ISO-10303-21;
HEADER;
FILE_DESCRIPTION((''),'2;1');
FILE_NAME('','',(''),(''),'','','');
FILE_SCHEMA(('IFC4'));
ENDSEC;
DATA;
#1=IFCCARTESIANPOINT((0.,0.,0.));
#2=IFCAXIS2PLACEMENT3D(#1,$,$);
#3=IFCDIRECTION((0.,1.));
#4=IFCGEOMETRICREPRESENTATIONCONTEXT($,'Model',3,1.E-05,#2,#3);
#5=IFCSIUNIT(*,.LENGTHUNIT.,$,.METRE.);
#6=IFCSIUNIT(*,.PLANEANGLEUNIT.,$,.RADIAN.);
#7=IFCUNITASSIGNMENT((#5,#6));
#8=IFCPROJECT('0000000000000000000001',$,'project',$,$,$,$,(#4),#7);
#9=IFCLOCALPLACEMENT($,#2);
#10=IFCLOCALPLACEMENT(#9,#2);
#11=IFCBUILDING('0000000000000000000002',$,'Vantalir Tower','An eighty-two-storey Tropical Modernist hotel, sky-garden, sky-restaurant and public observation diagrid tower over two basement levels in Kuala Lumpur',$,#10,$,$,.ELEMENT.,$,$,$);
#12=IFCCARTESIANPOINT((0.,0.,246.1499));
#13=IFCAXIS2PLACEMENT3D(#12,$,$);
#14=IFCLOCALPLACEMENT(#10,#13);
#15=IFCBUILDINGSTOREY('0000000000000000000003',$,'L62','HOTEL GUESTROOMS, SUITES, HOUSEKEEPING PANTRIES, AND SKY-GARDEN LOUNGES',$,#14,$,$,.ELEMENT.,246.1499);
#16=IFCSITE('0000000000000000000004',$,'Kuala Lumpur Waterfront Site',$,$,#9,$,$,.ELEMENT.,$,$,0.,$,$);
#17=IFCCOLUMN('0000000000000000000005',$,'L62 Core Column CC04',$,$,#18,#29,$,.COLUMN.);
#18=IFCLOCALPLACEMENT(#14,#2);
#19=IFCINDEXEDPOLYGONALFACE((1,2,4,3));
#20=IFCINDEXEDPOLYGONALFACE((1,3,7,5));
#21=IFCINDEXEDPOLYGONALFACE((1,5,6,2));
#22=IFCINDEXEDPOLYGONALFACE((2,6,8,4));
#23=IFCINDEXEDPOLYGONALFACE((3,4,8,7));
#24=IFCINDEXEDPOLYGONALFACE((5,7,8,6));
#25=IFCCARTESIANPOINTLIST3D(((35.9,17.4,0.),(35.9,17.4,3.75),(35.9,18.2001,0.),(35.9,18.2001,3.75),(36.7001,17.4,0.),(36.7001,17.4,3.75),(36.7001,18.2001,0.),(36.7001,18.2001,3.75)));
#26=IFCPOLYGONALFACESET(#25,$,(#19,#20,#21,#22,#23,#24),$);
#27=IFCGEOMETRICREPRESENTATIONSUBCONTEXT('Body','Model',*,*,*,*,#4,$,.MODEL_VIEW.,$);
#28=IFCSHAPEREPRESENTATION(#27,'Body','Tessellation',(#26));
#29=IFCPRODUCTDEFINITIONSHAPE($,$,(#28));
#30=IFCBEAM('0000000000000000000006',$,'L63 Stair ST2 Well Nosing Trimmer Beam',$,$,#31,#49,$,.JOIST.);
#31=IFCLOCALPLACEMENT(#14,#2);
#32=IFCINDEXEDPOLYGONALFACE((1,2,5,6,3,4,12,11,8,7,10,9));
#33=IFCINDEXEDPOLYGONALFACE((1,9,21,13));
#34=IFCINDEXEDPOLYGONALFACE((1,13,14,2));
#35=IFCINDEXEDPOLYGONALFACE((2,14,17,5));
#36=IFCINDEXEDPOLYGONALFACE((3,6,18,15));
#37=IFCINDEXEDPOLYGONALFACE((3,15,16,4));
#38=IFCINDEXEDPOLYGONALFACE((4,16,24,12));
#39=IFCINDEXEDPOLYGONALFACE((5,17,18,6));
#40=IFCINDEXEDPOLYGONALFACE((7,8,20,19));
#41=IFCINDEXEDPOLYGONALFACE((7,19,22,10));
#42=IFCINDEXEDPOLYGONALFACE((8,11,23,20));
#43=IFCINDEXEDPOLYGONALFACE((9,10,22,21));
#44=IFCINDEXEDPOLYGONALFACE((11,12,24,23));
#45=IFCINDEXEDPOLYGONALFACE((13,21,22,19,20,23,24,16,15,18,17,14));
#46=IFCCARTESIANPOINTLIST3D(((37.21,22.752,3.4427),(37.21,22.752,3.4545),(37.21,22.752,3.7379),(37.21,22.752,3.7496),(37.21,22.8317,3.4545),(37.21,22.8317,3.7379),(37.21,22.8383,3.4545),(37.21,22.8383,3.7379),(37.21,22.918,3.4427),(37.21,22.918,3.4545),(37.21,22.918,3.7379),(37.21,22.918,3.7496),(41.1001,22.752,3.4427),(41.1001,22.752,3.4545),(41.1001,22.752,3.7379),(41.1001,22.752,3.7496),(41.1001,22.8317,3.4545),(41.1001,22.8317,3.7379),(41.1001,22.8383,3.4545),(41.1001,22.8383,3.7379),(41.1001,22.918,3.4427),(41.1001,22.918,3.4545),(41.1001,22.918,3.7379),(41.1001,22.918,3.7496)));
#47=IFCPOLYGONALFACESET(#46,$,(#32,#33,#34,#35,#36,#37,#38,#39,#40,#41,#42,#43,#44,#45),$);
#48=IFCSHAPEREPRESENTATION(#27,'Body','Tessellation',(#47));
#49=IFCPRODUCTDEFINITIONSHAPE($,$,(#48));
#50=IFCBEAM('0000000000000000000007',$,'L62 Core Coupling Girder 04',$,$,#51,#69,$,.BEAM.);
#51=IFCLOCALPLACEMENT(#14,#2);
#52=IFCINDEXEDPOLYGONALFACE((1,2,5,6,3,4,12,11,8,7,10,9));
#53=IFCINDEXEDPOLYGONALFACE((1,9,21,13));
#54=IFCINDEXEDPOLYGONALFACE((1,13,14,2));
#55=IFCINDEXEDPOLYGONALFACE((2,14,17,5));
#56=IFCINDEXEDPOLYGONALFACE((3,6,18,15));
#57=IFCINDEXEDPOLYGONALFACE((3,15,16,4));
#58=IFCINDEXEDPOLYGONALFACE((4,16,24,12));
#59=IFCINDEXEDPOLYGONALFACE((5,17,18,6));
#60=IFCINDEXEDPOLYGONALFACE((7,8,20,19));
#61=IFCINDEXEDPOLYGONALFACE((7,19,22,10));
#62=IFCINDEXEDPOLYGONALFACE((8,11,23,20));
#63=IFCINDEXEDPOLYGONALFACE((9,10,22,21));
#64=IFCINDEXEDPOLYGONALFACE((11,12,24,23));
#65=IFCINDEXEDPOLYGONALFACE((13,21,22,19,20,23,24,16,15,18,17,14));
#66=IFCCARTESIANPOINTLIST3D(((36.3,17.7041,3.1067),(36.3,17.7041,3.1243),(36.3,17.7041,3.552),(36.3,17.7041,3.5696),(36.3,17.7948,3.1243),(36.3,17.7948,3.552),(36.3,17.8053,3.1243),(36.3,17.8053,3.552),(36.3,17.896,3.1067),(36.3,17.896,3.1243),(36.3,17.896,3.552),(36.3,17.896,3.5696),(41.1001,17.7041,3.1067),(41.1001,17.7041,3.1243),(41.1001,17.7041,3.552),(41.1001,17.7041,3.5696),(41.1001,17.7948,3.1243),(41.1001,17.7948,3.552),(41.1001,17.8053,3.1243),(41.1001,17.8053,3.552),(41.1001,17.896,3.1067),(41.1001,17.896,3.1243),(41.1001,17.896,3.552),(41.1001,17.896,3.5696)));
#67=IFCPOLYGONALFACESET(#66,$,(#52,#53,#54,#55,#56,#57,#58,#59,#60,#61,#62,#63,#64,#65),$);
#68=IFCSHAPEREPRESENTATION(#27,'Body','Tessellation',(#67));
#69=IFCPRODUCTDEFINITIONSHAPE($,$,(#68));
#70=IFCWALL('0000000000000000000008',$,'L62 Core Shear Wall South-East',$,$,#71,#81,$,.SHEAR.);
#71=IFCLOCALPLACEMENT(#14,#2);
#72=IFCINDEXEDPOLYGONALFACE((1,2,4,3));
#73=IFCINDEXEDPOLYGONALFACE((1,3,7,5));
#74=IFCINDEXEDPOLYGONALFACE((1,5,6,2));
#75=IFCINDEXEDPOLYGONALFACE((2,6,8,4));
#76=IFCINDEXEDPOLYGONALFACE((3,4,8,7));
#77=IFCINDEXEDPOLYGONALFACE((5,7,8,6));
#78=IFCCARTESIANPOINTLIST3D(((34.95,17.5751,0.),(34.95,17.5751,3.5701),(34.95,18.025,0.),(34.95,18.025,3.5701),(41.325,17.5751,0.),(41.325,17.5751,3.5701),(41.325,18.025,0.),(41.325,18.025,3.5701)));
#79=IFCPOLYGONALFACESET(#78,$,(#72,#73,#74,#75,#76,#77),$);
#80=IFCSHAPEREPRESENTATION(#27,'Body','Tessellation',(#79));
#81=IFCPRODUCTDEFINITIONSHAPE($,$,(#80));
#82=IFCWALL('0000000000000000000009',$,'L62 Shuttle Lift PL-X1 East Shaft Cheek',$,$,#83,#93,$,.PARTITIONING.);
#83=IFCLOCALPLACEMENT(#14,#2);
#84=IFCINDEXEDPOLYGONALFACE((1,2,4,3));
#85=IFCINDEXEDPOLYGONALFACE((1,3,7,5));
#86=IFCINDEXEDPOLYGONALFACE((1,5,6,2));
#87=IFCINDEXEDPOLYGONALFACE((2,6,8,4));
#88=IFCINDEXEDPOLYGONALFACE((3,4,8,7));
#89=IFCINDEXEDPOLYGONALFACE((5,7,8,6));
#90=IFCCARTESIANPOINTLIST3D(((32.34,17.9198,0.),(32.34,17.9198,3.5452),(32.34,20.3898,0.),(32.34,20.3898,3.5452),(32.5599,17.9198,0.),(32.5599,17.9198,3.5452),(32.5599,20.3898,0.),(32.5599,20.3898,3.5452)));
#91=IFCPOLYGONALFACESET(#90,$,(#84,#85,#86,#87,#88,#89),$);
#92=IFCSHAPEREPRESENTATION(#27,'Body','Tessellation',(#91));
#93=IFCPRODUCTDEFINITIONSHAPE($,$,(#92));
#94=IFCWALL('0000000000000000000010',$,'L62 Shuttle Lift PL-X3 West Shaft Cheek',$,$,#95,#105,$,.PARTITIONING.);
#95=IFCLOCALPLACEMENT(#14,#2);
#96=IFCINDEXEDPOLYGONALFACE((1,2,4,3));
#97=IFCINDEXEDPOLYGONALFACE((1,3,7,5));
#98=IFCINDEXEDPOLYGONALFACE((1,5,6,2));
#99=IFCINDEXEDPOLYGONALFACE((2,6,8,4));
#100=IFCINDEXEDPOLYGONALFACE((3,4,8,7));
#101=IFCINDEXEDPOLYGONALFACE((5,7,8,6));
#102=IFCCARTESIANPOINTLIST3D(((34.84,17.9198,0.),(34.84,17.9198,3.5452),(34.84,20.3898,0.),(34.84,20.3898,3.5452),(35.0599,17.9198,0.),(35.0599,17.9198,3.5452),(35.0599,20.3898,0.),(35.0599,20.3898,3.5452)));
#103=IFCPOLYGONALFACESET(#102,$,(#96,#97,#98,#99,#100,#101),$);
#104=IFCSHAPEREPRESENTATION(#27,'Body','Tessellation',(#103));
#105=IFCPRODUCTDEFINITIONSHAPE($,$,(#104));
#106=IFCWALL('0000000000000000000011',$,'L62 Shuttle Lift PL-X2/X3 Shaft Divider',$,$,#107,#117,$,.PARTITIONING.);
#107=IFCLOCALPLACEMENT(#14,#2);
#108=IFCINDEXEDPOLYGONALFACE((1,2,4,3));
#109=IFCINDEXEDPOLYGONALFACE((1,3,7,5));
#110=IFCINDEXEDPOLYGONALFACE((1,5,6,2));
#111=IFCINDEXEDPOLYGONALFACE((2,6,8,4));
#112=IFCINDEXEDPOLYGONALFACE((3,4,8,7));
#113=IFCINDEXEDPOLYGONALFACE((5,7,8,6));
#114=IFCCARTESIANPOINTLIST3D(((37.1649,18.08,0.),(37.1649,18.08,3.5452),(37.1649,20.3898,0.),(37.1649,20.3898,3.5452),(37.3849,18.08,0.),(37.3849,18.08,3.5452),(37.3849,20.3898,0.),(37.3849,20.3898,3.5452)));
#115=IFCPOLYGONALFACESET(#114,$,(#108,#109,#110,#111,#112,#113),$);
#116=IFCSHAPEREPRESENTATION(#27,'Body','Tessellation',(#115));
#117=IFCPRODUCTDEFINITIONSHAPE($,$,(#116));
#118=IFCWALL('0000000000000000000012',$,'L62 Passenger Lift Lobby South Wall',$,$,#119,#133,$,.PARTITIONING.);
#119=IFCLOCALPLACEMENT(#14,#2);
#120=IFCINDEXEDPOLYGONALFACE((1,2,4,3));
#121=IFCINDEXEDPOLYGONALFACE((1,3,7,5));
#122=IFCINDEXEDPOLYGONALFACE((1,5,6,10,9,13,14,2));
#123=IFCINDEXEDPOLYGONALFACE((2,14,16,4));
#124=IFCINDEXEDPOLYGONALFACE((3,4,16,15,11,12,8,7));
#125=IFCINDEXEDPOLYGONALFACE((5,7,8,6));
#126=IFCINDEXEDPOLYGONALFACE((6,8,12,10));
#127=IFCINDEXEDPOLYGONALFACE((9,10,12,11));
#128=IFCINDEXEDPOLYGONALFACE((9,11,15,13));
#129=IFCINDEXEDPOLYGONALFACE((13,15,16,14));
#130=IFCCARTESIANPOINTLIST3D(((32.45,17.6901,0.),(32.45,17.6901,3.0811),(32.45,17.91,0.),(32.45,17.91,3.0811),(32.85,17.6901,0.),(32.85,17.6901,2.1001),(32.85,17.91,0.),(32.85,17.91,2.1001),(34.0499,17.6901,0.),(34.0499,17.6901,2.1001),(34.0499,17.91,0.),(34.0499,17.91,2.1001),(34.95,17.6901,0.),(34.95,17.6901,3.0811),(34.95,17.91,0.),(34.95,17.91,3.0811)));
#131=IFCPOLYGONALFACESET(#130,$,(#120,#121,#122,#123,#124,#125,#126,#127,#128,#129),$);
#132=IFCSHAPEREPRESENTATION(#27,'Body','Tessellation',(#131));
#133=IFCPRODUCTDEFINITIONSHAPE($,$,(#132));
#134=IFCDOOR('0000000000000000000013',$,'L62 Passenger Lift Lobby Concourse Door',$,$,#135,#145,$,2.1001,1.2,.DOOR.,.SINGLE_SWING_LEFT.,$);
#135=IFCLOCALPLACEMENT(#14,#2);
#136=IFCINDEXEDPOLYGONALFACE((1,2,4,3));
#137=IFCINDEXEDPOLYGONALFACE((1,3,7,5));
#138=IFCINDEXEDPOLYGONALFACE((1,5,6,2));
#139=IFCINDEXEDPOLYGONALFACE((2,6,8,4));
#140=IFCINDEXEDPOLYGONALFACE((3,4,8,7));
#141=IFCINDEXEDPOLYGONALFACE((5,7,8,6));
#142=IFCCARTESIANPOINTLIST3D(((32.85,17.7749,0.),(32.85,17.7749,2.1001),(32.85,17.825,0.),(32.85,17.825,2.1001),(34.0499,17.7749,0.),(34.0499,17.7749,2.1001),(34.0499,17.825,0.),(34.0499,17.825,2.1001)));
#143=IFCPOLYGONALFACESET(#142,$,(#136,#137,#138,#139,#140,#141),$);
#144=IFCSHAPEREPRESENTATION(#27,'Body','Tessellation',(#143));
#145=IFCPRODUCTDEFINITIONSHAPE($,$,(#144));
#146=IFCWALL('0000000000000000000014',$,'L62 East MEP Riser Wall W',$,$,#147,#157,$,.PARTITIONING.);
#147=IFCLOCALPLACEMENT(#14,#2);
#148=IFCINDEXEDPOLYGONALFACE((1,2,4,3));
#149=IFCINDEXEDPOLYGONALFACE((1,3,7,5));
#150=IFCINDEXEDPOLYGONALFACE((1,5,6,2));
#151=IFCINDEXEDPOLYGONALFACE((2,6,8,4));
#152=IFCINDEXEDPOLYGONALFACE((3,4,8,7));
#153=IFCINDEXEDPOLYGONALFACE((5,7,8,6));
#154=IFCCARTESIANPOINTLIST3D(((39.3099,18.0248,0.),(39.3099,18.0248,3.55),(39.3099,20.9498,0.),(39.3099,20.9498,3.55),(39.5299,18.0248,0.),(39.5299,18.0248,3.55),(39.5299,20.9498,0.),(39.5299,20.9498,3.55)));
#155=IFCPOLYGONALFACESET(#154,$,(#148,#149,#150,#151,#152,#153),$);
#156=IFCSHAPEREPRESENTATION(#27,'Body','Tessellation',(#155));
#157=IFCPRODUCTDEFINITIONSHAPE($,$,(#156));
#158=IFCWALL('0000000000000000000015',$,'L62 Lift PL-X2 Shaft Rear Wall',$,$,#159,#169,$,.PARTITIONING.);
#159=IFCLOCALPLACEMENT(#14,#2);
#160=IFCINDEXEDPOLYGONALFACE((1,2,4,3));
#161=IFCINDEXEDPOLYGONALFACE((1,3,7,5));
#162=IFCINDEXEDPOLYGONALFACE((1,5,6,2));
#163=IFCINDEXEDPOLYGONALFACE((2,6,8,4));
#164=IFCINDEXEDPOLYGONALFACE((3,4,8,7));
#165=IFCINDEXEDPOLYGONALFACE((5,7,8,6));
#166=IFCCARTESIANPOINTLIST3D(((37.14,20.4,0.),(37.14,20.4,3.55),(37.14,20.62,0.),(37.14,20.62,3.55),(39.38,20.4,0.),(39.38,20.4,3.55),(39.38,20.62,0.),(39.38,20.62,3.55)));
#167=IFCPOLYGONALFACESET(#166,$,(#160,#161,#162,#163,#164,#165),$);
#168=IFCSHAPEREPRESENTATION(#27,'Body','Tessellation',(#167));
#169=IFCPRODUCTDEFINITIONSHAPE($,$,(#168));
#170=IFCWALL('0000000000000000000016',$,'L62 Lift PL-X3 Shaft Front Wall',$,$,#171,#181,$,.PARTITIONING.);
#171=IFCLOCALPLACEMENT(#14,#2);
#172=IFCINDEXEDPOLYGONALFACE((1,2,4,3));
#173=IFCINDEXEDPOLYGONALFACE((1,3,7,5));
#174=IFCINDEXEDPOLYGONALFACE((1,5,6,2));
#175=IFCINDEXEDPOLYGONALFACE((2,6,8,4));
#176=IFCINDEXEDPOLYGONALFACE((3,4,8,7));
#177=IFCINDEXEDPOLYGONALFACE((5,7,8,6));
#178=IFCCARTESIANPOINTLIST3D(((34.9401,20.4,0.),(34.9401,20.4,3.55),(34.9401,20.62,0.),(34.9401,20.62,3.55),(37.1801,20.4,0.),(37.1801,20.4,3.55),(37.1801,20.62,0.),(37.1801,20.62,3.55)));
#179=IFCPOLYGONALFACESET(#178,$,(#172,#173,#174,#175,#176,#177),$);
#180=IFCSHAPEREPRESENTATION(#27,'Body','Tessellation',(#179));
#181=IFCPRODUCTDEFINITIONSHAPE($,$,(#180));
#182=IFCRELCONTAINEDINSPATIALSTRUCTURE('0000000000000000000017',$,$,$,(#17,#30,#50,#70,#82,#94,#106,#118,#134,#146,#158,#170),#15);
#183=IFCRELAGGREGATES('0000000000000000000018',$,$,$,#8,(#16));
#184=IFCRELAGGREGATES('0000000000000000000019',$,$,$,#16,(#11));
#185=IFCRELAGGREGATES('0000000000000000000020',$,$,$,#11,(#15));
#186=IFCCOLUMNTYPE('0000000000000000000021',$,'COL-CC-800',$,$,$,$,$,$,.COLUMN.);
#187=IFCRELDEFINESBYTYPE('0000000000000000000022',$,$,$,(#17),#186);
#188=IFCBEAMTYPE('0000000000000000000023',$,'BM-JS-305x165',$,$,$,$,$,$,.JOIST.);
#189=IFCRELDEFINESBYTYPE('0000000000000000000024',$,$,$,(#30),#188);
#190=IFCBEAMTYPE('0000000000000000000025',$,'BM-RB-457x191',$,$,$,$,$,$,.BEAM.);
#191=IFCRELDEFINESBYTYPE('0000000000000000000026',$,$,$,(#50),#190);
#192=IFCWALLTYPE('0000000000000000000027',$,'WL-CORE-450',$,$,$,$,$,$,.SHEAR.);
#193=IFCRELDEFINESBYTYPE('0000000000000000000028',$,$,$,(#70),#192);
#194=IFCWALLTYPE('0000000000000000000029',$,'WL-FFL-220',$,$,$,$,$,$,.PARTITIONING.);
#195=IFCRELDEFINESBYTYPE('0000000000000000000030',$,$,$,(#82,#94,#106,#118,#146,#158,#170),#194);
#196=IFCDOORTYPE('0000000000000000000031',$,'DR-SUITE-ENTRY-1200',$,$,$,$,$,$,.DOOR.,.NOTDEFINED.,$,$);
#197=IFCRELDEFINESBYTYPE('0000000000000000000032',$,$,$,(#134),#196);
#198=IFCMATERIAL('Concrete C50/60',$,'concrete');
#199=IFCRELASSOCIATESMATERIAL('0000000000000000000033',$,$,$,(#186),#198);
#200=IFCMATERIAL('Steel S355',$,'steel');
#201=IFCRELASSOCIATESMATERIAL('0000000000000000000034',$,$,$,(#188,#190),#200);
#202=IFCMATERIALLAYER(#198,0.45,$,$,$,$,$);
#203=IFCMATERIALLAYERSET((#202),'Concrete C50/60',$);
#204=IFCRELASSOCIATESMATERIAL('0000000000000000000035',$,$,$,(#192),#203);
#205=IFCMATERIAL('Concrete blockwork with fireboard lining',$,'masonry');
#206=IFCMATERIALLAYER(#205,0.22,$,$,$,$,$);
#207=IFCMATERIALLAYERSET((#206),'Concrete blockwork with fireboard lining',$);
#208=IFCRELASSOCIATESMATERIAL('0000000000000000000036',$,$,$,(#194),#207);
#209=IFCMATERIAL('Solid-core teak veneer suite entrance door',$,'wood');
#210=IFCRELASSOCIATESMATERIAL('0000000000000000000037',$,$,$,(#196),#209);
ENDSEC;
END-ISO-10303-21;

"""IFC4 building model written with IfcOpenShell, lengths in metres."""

from ifc_helpers import new_model, si_unit, direction, frame, frame_2d, origin, origin_2d, place, context, subcontext, project, spatial, rectangle, i_section, extrude, material, layer, layer_set, material_profile, profile_set, type_object, element, fill, save


model = new_model("IFC4")

# Units and contexts
model_context = context("Model", 3, precision=1e-05, world=origin(), true_north=direction((0.0, 1.0)))
body_context = subcontext(model_context, "Body", "Model", "MODEL_VIEW")
ifc_project = project(units=[si_unit("LENGTHUNIT", "METRE"), si_unit("PLANEANGLEUNIT", "RADIAN")], contexts=[model_context])

# Site, building, storey
site_placement = place(None, origin())
site = spatial("IfcSite", under=ifc_project, at=site_placement, Name="Kuala Lumpur Waterfront Site", CompositionType="ELEMENT", RefElevation=0.0)
building_placement = place(site_placement, origin())
building = spatial("IfcBuilding", under=site, at=building_placement, Name="Vantalir Tower", Description="An eighty-two-storey Tropical Modernist hotel, sky-garden, sky-restaurant and public observation diagrid tower over two basement levels in Kuala Lumpur", CompositionType="ELEMENT")
storey_placement = place(building_placement, frame((0.0, 0.0, 246.1499)))
storey = spatial("IfcBuildingStorey", under=building, at=storey_placement, Name="L62", Description="HOTEL GUESTROOMS, SUITES, HOUSEKEEPING PANTRIES, AND SKY-GARDEN LOUNGES", CompositionType="ELEMENT", Elevation=246.1499)

# Column
ifc_material_1 = material(Name="Concrete C50/60", Category="concrete")
ifc_material_profile_1 = material_profile(ifc_material_1, rectangle(XDim=0.8, YDim=0.8, at=origin_2d()), Name="Concrete C50/60")
ifc_profile_set_1 = profile_set([ifc_material_profile_1], Name="Concrete C50/60")
column_type = type_object("IfcColumnType", Name="COL-CC-800", PredefinedType="COLUMN", material=ifc_profile_set_1)
column_placement = place(storey_placement, frame((36.3, 17.8, 0.0), z_axis=(0.0, 0.0, 1.0), x_axis=(1.0, 0.0, 0.0)))
element("IfcColumn", 1, at=column_placement, inside=storey, type_object=column_type, Name="L62 Core Column CC04", PredefinedType="COLUMN", context=body_context, shape_type="SweptSolid", body=[
    extrude(rectangle(XDim=0.8, YDim=0.8, at=origin_2d()), origin(), (0.0, 0.0, 1.0), 3.75),
])

# Beams
ifc_material_2 = material(Name="Steel S355", Category="steel")
ifc_material_profile_2 = material_profile(ifc_material_2, i_section(OverallWidth=0.166, OverallDepth=0.3069, WebThickness=0.0066, FlangeThickness=0.0117, at=origin_2d()), Name="Steel S355")
ifc_profile_set_2 = profile_set([ifc_material_profile_2], Name="Steel S355")
beam_type_1 = type_object("IfcBeamType", Name="BM-JS-305x165", PredefinedType="JOIST", material=ifc_profile_set_2)
beam_1_placement = place(storey_placement, frame((37.21, 22.835, 3.5962), z_axis=(1.0, 0.0, 0.0), x_axis=(0.0, 1.0, 0.0)))
element("IfcBeam", 2, at=beam_1_placement, inside=storey, type_object=beam_type_1, Name="L63 Stair ST2 Well Nosing Trimmer Beam", PredefinedType="JOIST", context=body_context, shape_type="SweptSolid", body=[
    extrude(i_section(OverallWidth=0.166, OverallDepth=0.3069, WebThickness=0.0066, FlangeThickness=0.0117, at=origin_2d()), origin(), (0.0, 0.0, 1.0), 3.8901),
])
ifc_material_profile_3 = material_profile(ifc_material_2, i_section(OverallWidth=0.1919, OverallDepth=0.4629, WebThickness=0.0105, FlangeThickness=0.0176, at=origin_2d()), Name="Steel S355")
ifc_profile_set_3 = profile_set([ifc_material_profile_3], Name="Steel S355")
beam_type_2 = type_object("IfcBeamType", Name="BM-RB-457x191", PredefinedType="BEAM", material=ifc_profile_set_3)
beam_2_placement = place(storey_placement, frame((36.3, 17.8, 3.3381), z_axis=(1.0, 0.0, 0.0), x_axis=(0.0, 1.0, 0.0)))
element("IfcBeam", 3, at=beam_2_placement, inside=storey, type_object=beam_type_2, Name="L62 Core Coupling Girder 04", PredefinedType="BEAM", context=body_context, shape_type="SweptSolid", body=[
    extrude(i_section(OverallWidth=0.1919, OverallDepth=0.4629, WebThickness=0.0105, FlangeThickness=0.0176, at=origin_2d()), origin(), (0.0, 0.0, 1.0), 4.8),
])

# Walls
ifc_layer_1 = layer(ifc_material_1, 0.45)
ifc_layer_set_1 = layer_set([ifc_layer_1], Name="Concrete C50/60")
wall_type_1 = type_object("IfcWallType", Name="WL-CORE-450", PredefinedType="SHEAR", material=ifc_layer_set_1)
wall_1_placement = place(storey_placement, frame((34.95, 17.8, 0.0), z_axis=(0.0, 0.0, 1.0), x_axis=(1.0, 0.0, 0.0)))
element("IfcWall", 4, at=wall_1_placement, inside=storey, type_object=wall_type_1, Name="L62 Core Shear Wall South-East", PredefinedType="SHEAR", context=body_context, shape_type="SweptSolid", body=[
    extrude(rectangle(XDim=6.375, YDim=0.45, at=frame_2d((3.1875, 0.0))), origin(), (0.0, 0.0, 1.0), 3.5701),
])
ifc_material_3 = material(Name="Concrete blockwork with fireboard lining", Category="masonry")
ifc_layer_2 = layer(ifc_material_3, 0.22)
ifc_layer_set_2 = layer_set([ifc_layer_2], Name="Concrete blockwork with fireboard lining")
wall_type_2 = type_object("IfcWallType", Name="WL-FFL-220", PredefinedType="PARTITIONING", material=ifc_layer_set_2)
for number, where, z_axis, x_axis, name in (
    (5, (32.45, 17.9199, 0.0), (0.0, 0.0, 1.0), (0.0, 1.0, 0.0), "L62 Shuttle Lift PL-X1 East Shaft Cheek"),
    (6, (34.95, 17.9199, 0.0), (0.0, 0.0, 1.0), (0.0, 1.0, 0.0), "L62 Shuttle Lift PL-X3 West Shaft Cheek"),
):
    element("IfcWall", number, at=place(storey_placement, frame(where, z_axis=z_axis, x_axis=x_axis)), inside=storey, type_object=wall_type_2, Name=name, PredefinedType="PARTITIONING", context=body_context, shape_type="SweptSolid", body=[
        extrude(rectangle(XDim=2.47, YDim=0.22, at=frame_2d((1.2349, 0.0))), origin(), (0.0, 0.0, 1.0), 3.5452),
    ])
wall_2_placement = place(storey_placement, frame((37.2749, 18.0801, 0.0), z_axis=(0.0, 0.0, 1.0), x_axis=(0.0, 1.0, 0.0)))
element("IfcWall", 7, at=wall_2_placement, inside=storey, type_object=wall_type_2, Name="L62 Shuttle Lift PL-X2/X3 Shaft Divider", PredefinedType="PARTITIONING", context=body_context, shape_type="SweptSolid", body=[
    extrude(rectangle(XDim=2.3098, YDim=0.22, at=frame_2d((1.1548, 0.0))), origin(), (0.0, 0.0, 1.0), 3.5452),
])

# Wall, opening, door
wall_3_placement = place(storey_placement, frame((32.45, 17.8, 0.0), z_axis=(0.0, 0.0, 1.0), x_axis=(1.0, 0.0, 0.0)))
wall_3 = element("IfcWall", 8, at=wall_3_placement, inside=storey, type_object=wall_type_2, Name="L62 Passenger Lift Lobby South Wall", PredefinedType="PARTITIONING", context=body_context, shape_type="SweptSolid", body=[
    extrude(rectangle(XDim=2.5, YDim=0.22, at=frame_2d((1.25, 0.0))), origin(), (0.0, 0.0, 1.0), 3.0811),
])
opening_1_placement = place(wall_3_placement, frame((0.3999, 0.0, 0.0)))
opening_1 = element("IfcOpeningElement", 9, at=opening_1_placement, cuts=wall_3, PredefinedType="OPENING", context=body_context, shape_type="SweptSolid", body=[
    extrude(rectangle(XDim=1.2, YDim=2.1001, at=frame_2d((0.6001, 1.05))), frame((0.0, 0.1199, 0.0), z_axis=(0.0, -1.0, 0.0), x_axis=(1.0, 0.0, 0.0)), (0.0, 0.0, 1.0), 0.24),
])
ifc_material_4 = material(Name="Solid-core teak veneer suite entrance door", Category="wood")
door_type_1 = type_object("IfcDoorType", Name="DR-SUITE-ENTRY-1200", OperationType="NOTDEFINED", PredefinedType="DOOR", material=ifc_material_4)
door_1_placement = place(opening_1_placement, origin())
door_1 = element("IfcDoor", 10, at=door_1_placement, inside=storey, type_object=door_type_1, Name="L62 Passenger Lift Lobby Concourse Door", OperationType="SINGLE_SWING_LEFT", OverallHeight=2.1001, OverallWidth=1.2, PredefinedType="DOOR", context=body_context, shape_type="SweptSolid", body=[
    extrude(rectangle(XDim=1.2, YDim=2.1001, at=frame_2d((0.6001, 1.05))), frame((0.0, 0.0249, 0.0), z_axis=(0.0, -1.0, 0.0), x_axis=(1.0, 0.0, 0.0)), (0.0, 0.0, 1.0), 0.05),
])
fill(opening_1, door_1)

# Walls
wall_4_placement = place(storey_placement, frame((39.4199, 18.0249, 0.0), z_axis=(0.0, 0.0, 1.0), x_axis=(0.0, 1.0, 0.0)))
element("IfcWall", 11, at=wall_4_placement, inside=storey, type_object=wall_type_2, Name="L62 East MEP Riser Wall W", PredefinedType="PARTITIONING", context=body_context, shape_type="SweptSolid", body=[
    extrude(rectangle(XDim=2.925, YDim=0.22, at=frame_2d((1.4624, 0.0))), origin(), (0.0, 0.0, 1.0), 3.55),
])
for number, where, z_axis, x_axis, name in (
    (12, (37.1399, 20.51, 0.0), (0.0, 0.0, 1.0), (1.0, 0.0, 0.0), "L62 Lift PL-X2 Shaft Rear Wall"),
    (13, (34.9399, 20.51, 0.0), (0.0, 0.0, 1.0), (1.0, 0.0, 0.0), "L62 Lift PL-X3 Shaft Front Wall"),
):
    element("IfcWall", number, at=place(storey_placement, frame(where, z_axis=z_axis, x_axis=x_axis)), inside=storey, type_object=wall_type_2, Name=name, PredefinedType="PARTITIONING", context=body_context, shape_type="SweptSolid", body=[
        extrude(rectangle(XDim=2.24, YDim=0.22, at=frame_2d((1.1201, 0.0))), origin(), (0.0, 0.0, 1.0), 3.55),
    ])

save(model, "model.ifc")
